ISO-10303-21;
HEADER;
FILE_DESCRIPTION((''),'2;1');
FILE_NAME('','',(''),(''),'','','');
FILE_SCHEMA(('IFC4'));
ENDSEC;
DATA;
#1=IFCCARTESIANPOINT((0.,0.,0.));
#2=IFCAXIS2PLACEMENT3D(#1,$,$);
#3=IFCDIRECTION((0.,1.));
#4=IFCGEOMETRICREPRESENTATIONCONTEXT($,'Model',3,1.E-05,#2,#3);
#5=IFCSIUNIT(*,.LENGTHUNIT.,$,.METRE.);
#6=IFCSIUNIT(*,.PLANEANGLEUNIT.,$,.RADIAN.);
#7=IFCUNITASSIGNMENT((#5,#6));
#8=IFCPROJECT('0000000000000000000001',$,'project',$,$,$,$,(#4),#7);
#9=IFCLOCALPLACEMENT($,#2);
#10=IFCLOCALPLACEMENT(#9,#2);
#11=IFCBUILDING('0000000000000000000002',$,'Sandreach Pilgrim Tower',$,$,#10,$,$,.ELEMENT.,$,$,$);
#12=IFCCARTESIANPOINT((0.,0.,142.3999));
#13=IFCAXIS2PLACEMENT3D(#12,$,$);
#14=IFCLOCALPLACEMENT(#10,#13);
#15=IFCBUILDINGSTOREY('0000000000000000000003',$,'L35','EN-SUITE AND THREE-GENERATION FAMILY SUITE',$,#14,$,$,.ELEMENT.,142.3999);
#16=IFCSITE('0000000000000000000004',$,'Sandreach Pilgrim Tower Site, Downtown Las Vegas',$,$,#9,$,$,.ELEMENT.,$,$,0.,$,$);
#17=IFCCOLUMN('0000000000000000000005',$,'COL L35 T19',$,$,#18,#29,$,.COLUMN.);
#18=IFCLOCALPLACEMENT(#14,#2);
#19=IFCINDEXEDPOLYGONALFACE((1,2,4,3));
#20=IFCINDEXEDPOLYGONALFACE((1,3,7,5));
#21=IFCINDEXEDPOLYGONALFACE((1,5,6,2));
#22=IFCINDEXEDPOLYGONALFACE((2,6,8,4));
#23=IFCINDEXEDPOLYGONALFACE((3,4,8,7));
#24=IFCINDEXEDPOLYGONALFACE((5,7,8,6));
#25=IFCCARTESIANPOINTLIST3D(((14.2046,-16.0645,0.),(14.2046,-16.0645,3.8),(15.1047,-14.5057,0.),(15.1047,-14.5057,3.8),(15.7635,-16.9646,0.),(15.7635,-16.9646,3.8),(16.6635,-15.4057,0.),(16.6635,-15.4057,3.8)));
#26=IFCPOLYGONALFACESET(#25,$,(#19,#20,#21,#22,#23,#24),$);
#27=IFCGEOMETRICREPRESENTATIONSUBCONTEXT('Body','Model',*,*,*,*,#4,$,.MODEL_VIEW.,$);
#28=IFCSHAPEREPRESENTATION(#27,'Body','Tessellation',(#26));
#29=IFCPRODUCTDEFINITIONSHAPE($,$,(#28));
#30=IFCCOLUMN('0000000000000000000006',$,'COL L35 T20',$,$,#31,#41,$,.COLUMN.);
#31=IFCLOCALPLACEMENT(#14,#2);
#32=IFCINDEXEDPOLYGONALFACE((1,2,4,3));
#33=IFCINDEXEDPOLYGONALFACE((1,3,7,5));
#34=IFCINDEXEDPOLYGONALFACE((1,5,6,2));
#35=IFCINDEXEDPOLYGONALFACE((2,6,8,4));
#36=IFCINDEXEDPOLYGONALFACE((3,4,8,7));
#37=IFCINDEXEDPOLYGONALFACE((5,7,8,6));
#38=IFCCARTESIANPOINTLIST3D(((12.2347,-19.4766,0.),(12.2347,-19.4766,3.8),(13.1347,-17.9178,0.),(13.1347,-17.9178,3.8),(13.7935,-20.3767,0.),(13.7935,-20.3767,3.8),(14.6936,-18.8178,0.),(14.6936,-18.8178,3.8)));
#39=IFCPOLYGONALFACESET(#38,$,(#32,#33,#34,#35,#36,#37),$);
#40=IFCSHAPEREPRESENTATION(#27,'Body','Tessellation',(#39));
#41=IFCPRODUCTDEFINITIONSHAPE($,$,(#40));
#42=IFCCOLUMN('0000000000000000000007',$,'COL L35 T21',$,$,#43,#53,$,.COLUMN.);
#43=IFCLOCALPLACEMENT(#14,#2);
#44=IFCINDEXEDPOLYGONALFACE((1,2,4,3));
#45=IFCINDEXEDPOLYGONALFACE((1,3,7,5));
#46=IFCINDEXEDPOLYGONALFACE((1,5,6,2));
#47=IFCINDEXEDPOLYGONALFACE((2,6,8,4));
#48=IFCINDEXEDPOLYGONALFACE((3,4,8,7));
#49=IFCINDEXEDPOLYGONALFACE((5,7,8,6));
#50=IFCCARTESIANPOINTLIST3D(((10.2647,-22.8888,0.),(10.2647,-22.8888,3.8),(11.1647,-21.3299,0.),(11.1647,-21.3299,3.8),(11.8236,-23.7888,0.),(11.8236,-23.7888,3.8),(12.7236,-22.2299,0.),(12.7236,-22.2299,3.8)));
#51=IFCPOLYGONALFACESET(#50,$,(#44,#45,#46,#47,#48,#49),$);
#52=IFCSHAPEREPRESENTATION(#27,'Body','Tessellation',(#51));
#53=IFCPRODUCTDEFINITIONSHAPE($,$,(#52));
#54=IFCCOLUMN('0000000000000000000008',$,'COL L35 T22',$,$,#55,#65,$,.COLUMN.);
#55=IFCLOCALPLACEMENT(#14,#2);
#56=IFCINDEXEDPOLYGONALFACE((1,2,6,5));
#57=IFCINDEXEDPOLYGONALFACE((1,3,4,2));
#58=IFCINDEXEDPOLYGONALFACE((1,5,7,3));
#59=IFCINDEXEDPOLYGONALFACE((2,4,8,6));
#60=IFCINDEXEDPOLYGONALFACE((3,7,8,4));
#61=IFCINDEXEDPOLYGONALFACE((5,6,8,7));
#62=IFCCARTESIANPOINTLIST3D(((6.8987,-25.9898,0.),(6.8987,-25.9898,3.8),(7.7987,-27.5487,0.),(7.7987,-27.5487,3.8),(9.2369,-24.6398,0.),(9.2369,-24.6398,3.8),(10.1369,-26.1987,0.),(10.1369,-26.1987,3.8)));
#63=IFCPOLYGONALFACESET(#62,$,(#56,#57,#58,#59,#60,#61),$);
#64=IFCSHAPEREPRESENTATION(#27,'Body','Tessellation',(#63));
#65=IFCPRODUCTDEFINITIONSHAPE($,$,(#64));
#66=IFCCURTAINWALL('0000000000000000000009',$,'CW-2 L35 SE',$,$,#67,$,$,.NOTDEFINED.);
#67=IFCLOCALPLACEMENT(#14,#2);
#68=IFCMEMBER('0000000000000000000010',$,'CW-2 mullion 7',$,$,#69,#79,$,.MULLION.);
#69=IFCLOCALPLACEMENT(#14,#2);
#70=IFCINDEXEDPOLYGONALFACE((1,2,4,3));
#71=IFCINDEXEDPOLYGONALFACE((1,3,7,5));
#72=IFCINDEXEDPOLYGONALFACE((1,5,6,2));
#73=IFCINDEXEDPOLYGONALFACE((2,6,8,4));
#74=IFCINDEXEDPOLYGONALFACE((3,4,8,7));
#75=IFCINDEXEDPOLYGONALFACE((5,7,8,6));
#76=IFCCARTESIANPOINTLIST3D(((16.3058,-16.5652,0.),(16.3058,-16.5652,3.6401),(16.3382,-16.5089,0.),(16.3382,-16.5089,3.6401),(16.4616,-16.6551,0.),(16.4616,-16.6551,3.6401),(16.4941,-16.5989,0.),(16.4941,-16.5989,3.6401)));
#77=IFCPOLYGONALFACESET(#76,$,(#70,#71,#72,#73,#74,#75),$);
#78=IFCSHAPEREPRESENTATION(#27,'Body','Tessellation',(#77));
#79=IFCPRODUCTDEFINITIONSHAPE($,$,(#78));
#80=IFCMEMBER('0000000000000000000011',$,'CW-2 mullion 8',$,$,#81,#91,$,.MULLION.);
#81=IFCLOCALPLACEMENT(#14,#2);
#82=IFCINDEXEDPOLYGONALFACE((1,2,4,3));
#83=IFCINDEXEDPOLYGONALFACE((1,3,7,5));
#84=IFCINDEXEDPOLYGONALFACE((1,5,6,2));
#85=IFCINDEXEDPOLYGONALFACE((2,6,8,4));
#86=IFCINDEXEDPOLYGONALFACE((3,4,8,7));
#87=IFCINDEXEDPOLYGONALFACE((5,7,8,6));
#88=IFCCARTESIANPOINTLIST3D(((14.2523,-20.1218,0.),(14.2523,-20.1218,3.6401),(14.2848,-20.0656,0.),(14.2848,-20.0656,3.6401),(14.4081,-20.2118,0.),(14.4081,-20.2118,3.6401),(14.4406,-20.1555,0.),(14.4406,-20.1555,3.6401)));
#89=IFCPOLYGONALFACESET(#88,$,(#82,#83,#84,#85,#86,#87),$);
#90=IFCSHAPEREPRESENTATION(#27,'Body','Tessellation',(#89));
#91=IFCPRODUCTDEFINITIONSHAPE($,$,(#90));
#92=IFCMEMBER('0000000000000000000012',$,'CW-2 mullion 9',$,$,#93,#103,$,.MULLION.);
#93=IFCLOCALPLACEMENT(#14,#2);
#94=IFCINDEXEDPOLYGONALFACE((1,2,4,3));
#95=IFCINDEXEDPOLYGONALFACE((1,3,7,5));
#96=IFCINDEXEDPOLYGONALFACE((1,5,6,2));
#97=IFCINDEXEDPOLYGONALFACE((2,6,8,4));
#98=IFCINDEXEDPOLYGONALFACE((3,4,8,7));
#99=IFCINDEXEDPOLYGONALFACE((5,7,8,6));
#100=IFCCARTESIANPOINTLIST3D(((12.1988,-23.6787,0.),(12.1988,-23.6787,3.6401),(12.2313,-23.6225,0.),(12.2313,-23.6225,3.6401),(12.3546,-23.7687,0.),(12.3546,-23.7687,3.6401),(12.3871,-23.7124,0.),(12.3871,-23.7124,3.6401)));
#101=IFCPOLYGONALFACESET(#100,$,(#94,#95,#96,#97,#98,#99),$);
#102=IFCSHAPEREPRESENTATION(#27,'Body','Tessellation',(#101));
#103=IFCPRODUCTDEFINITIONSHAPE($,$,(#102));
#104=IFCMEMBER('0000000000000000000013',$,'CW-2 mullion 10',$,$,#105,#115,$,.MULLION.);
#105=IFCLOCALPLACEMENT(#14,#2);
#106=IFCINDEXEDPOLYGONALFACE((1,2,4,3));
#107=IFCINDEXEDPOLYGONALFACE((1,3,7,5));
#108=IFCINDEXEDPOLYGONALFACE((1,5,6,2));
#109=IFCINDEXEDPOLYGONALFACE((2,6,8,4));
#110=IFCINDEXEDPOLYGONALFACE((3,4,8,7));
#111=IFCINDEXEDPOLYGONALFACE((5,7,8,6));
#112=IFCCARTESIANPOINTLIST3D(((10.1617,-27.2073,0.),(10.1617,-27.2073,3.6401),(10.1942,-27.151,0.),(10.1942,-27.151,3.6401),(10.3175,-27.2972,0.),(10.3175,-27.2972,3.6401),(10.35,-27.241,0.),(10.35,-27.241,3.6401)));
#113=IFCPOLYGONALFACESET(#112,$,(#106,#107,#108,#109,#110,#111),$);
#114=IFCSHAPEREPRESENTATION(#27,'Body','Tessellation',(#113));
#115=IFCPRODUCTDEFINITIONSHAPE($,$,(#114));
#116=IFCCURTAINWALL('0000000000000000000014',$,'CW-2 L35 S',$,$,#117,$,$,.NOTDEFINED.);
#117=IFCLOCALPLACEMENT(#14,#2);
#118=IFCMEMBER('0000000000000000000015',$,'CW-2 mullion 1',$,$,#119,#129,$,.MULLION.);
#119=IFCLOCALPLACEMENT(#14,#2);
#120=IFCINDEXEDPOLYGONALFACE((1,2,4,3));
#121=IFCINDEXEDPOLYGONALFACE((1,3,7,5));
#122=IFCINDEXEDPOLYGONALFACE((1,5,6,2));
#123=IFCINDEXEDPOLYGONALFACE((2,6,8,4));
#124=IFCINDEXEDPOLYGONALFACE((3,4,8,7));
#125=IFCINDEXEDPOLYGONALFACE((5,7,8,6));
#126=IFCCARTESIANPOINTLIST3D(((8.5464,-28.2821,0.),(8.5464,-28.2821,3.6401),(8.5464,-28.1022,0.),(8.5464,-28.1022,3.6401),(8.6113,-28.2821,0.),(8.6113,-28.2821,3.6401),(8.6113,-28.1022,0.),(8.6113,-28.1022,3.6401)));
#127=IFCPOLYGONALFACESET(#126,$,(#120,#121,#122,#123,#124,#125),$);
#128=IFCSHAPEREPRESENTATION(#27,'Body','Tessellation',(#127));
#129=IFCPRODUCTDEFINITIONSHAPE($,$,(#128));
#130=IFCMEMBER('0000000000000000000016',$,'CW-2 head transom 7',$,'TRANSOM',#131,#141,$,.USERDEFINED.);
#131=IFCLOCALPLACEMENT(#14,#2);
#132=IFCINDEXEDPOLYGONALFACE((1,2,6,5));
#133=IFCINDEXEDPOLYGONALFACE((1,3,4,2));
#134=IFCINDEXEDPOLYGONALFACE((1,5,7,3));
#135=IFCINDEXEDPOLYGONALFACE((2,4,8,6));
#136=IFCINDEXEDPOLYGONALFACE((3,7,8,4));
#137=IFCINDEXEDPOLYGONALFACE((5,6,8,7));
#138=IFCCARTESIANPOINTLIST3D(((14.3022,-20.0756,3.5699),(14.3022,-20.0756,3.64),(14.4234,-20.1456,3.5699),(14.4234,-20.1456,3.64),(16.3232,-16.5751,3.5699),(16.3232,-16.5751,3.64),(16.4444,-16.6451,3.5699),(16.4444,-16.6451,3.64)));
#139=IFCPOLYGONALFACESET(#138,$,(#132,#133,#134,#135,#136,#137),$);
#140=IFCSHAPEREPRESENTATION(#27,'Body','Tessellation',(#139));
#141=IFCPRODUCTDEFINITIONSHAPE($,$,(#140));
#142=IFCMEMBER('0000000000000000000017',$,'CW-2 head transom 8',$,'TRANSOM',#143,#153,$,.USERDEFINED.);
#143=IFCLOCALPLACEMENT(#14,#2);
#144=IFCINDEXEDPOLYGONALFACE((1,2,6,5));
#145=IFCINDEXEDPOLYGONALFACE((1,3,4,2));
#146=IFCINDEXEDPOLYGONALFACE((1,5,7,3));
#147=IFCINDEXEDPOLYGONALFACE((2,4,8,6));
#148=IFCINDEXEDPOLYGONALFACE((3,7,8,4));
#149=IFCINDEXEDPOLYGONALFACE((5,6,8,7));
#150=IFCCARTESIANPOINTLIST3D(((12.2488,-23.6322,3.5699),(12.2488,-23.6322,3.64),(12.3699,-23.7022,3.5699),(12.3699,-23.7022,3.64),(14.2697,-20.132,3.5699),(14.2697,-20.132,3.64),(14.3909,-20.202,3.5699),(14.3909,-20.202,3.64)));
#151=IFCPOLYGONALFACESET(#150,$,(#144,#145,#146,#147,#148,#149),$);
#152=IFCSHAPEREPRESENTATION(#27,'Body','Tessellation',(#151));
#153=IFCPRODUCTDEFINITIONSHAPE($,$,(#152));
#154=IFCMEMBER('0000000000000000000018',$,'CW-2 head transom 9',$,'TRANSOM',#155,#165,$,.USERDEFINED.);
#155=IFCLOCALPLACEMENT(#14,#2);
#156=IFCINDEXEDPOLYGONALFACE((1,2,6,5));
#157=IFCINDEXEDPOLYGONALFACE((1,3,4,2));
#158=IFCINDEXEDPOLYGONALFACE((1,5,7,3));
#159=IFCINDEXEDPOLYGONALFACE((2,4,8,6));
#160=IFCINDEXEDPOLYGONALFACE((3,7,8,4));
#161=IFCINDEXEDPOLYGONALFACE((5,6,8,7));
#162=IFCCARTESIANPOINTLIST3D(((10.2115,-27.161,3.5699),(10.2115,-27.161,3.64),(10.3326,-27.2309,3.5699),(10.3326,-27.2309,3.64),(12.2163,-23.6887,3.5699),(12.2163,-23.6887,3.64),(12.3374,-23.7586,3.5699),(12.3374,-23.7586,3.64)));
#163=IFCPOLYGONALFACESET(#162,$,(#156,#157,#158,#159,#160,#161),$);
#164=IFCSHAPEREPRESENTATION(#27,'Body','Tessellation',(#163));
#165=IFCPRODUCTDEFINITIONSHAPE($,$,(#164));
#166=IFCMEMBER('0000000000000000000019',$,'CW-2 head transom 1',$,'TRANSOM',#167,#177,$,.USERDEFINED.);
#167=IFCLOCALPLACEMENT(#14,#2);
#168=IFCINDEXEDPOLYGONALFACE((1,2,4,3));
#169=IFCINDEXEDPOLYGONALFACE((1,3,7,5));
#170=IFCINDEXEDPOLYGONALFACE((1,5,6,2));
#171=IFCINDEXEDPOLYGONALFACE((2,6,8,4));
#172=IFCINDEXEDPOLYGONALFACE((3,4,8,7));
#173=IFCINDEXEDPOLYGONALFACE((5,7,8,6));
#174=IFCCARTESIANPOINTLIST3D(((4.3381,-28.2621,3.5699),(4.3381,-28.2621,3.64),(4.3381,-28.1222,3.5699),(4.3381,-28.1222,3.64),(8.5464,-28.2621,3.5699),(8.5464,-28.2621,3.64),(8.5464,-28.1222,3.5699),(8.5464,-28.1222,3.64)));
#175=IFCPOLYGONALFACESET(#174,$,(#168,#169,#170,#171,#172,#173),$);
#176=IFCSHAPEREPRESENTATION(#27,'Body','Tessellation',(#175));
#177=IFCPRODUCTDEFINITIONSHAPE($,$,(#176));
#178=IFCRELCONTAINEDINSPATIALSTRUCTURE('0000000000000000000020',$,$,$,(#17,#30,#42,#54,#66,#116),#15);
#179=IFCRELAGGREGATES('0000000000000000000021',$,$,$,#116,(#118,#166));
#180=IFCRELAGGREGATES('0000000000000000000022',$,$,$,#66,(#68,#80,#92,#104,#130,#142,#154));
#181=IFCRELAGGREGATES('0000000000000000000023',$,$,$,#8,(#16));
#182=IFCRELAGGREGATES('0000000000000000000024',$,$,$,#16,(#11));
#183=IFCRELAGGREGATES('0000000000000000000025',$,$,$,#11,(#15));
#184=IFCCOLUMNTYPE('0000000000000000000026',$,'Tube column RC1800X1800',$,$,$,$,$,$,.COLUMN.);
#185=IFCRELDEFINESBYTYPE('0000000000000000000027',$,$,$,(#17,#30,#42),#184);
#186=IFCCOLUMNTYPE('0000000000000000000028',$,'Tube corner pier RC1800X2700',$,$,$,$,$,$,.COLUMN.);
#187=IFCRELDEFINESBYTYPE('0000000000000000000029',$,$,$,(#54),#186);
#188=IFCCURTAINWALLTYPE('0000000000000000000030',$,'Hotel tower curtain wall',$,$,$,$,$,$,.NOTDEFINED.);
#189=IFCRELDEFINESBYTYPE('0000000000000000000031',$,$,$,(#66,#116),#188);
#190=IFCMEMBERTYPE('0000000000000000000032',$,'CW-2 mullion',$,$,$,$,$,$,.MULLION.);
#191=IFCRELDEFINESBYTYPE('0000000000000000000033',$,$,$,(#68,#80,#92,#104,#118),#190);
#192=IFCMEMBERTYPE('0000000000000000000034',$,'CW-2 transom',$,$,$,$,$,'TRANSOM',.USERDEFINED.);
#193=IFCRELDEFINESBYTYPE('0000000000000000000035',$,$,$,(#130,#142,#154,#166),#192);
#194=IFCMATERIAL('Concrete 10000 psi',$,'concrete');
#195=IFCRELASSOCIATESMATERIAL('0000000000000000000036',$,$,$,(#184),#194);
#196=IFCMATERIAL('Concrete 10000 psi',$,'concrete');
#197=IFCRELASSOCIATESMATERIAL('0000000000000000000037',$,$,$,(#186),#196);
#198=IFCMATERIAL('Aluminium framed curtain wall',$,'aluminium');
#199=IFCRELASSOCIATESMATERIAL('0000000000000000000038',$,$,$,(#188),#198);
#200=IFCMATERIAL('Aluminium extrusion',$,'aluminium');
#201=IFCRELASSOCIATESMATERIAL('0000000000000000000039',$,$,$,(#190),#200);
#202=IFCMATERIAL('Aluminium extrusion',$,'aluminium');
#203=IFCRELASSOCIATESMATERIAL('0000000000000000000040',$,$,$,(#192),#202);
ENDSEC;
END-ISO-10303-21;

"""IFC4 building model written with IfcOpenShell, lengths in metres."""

from ifc_helpers import new_model, si_unit, direction, frame, origin, origin_2d, place, context, subcontext, project, spatial, rectangle, extrude, material, material_profile, profile_set, type_object, element, aggregate, save


model = new_model("IFC4")

# Units and contexts
model_context = context("Model", 3, precision=1e-05, world=origin(), true_north=direction((0.0, 1.0)))
body_context = subcontext(model_context, "Body", "Model", "MODEL_VIEW")
ifc_project = project(units=[si_unit("LENGTHUNIT", "METRE"), si_unit("PLANEANGLEUNIT", "RADIAN")], contexts=[model_context])

# Site, building, storey
site_placement = place(None, origin())
site = spatial("IfcSite", under=ifc_project, at=site_placement, Name="Sandreach Pilgrim Tower Site, Downtown Las Vegas", CompositionType="ELEMENT", RefElevation=0.0)
building_placement = place(site_placement, origin())
building = spatial("IfcBuilding", under=site, at=building_placement, Name="Sandreach Pilgrim Tower", CompositionType="ELEMENT")
storey_placement = place(building_placement, frame((0.0, 0.0, 142.3999)))
storey = spatial("IfcBuildingStorey", under=building, at=storey_placement, Name="L35", Description="EN-SUITE AND THREE-GENERATION FAMILY SUITE", CompositionType="ELEMENT", Elevation=142.3999)

# Columns
ifc_material_1 = material(Name="Concrete 10000 psi", Category="concrete")
ifc_material_profile_1 = material_profile(ifc_material_1, rectangle(XDim=1.8, YDim=1.8, at=origin_2d()), Name="RC1800X1800")
ifc_profile_set_1 = profile_set([ifc_material_profile_1], Name="Concrete 10000 psi")
column_type_1 = type_object("IfcColumnType", Name="Tube column RC1800X1800", PredefinedType="COLUMN", material=ifc_profile_set_1)
for number, where, z_axis, x_axis, name in (
    (1, (15.4341, -15.7351, 0.0), (0.0, 0.0, 1.0), (0.866025, -0.5, 0.0), "COL L35 T19"),
    (2, (13.4641, -19.1472, 0.0), (0.0, 0.0, 1.0), (0.866025, -0.5, 0.0), "COL L35 T20"),
    (3, (11.4941, -22.5593, 0.0), (0.0, 0.0, 1.0), (0.866025, -0.5, 0.0), "COL L35 T21"),
):
    element("IfcColumn", number, at=place(storey_placement, frame(where, z_axis=z_axis, x_axis=x_axis)), inside=storey, type_object=column_type_1, Name=name, PredefinedType="COLUMN", context=body_context, shape_type="SweptSolid", body=[
        extrude(rectangle(XDim=1.8, YDim=1.8, at=origin_2d()), origin(), (0.0, 0.0, 1.0), 3.8),
    ])
ifc_material_2 = material(Name="Concrete 10000 psi", Category="concrete")
ifc_material_profile_2 = material_profile(ifc_material_2, rectangle(XDim=1.8, YDim=2.7, at=origin_2d()), Name="RC1800X2700")
ifc_profile_set_2 = profile_set([ifc_material_profile_2], Name="Concrete 10000 psi")
column_type_2 = type_object("IfcColumnType", Name="Tube corner pier RC1800X2700", PredefinedType="COLUMN", material=ifc_profile_set_2)
column_placement = place(storey_placement, frame((8.5178, -26.0942, 0.0), z_axis=(0.0, 0.0, 1.0), x_axis=(0.5, -0.866025, 0.0)))
element("IfcColumn", 4, at=column_placement, inside=storey, type_object=column_type_2, Name="COL L35 T22", PredefinedType="COLUMN", context=body_context, shape_type="SweptSolid", body=[
    extrude(rectangle(XDim=1.8, YDim=2.7, at=origin_2d()), origin(), (0.0, 0.0, 1.0), 3.8),
])

# Curtain wall, members
ifc_material_3 = material(Name="Aluminium framed curtain wall", Category="aluminium")
curtain_wall_type = type_object("IfcCurtainWallType", Name="Hotel tower curtain wall", PredefinedType="NOTDEFINED", material=ifc_material_3)
curtain_wall_1_placement = place(storey_placement, origin())
curtain_wall_1 = element("IfcCurtainWall", 5, at=curtain_wall_1_placement, inside=storey, type_object=curtain_wall_type, Name="CW-2 L35 SE", PredefinedType="NOTDEFINED")
ifc_material_4 = material(Name="Aluminium extrusion", Category="aluminium")
ifc_material_profile_3 = material_profile(ifc_material_4, rectangle(XDim=0.0649, YDim=0.1799, at=origin_2d()), Name="CW-2M 65X180")
ifc_profile_set_3 = profile_set([ifc_material_profile_3], Name="Aluminium extrusion")
member_type_1 = type_object("IfcMemberType", Name="CW-2 mullion", PredefinedType="MULLION", material=ifc_profile_set_3)
member_1_placement = place(storey_placement, frame((16.3999, -16.582, 0.0), z_axis=(0.0, 0.0, 1.0), x_axis=(-0.5, -0.866025, 0.0)))
member_1 = element("IfcMember", 6, at=member_1_placement, type_object=member_type_1, Name="CW-2 mullion 7", PredefinedType="MULLION", context=body_context, shape_type="SweptSolid", body=[
    extrude(rectangle(XDim=0.0649, YDim=0.1799, at=origin_2d()), origin(), (0.0, 0.0, 1.0), 3.6401),
])
member_2_placement = place(storey_placement, frame((14.3464, -20.1387, 0.0), z_axis=(0.0, 0.0, 1.0), x_axis=(-0.5, -0.866025, 0.0)))
member_2 = element("IfcMember", 7, at=member_2_placement, type_object=member_type_1, Name="CW-2 mullion 8", PredefinedType="MULLION", context=body_context, shape_type="SweptSolid", body=[
    extrude(rectangle(XDim=0.0649, YDim=0.1799, at=origin_2d()), origin(), (0.0, 0.0, 1.0), 3.6401),
])
member_3_placement = place(storey_placement, frame((12.293, -23.6956, 0.0), z_axis=(0.0, 0.0, 1.0), x_axis=(-0.5, -0.866025, 0.0)))
member_3 = element("IfcMember", 8, at=member_3_placement, type_object=member_type_1, Name="CW-2 mullion 9", PredefinedType="MULLION", context=body_context, shape_type="SweptSolid", body=[
    extrude(rectangle(XDim=0.0649, YDim=0.1799, at=origin_2d()), origin(), (0.0, 0.0, 1.0), 3.6401),
])
member_4_placement = place(storey_placement, frame((10.2559, -27.2241, 0.0), z_axis=(0.0, 0.0, 1.0), x_axis=(-0.5, -0.866025, 0.0)))
member_4 = element("IfcMember", 9, at=member_4_placement, type_object=member_type_1, Name="CW-2 mullion 10", PredefinedType="MULLION", context=body_context, shape_type="SweptSolid", body=[
    extrude(rectangle(XDim=0.0649, YDim=0.1799, at=origin_2d()), origin(), (0.0, 0.0, 1.0), 3.6401),
])

# Curtain wall, member
curtain_wall_2_placement = place(storey_placement, origin())
curtain_wall_2 = element("IfcCurtainWall", 10, at=curtain_wall_2_placement, inside=storey, type_object=curtain_wall_type, Name="CW-2 L35 S", PredefinedType="NOTDEFINED")
member_5_placement = place(storey_placement, frame((8.5789, -28.1921, 0.0), z_axis=(0.0, 0.0, 1.0), x_axis=(-1.0, 0.0, 0.0)))
member_5 = element("IfcMember", 11, at=member_5_placement, type_object=member_type_1, Name="CW-2 mullion 1", PredefinedType="MULLION", context=body_context, shape_type="SweptSolid", body=[
    extrude(rectangle(XDim=0.0649, YDim=0.1799, at=origin_2d()), origin(), (0.0, 0.0, 1.0), 3.6401),
])

# Members
ifc_material_5 = material(Name="Aluminium extrusion", Category="aluminium")
ifc_material_profile_4 = material_profile(ifc_material_5, rectangle(XDim=0.1399, YDim=0.0701, at=origin_2d()), Name="CW-2T 140X70")
ifc_profile_set_4 = profile_set([ifc_material_profile_4], Name="Aluminium extrusion")
member_type_2 = type_object("IfcMemberType", Name="CW-2 transom", ElementType="TRANSOM", PredefinedType="USERDEFINED", material=ifc_profile_set_4)
member_6_placement = place(storey_placement, frame((16.3838, -16.6101, 3.605), z_axis=(-0.499998, -0.866027, 0.0), x_axis=(0.866027, -0.499998, 0.0)))
member_6 = element("IfcMember", 12, at=member_6_placement, type_object=member_type_2, Name="CW-2 head transom 7", ObjectType="TRANSOM", PredefinedType="USERDEFINED", context=body_context, shape_type="SweptSolid", body=[
    extrude(rectangle(XDim=0.1399, YDim=0.0701, at=origin_2d()), origin(), (0.0, 0.0, 1.0), 4.042),
])
member_7_placement = place(storey_placement, frame((14.3303, -20.167, 3.605), z_axis=(-0.500024, -0.866012, 0.0), x_axis=(0.866012, -0.500024, 0.0)))
member_7 = element("IfcMember", 13, at=member_7_placement, type_object=member_type_2, Name="CW-2 head transom 8", ObjectType="TRANSOM", PredefinedType="USERDEFINED", context=body_context, shape_type="SweptSolid", body=[
    extrude(rectangle(XDim=0.1399, YDim=0.0701, at=origin_2d()), origin(), (0.0, 0.0, 1.0), 4.0417),
])
member_8_placement = place(storey_placement, frame((12.2769, -23.7236, 3.605), z_axis=(-0.500016, -0.866016, 0.0), x_axis=(0.866016, -0.500016, 0.0)))
member_8 = element("IfcMember", 14, at=member_8_placement, type_object=member_type_2, Name="CW-2 head transom 9", ObjectType="TRANSOM", PredefinedType="USERDEFINED", context=body_context, shape_type="SweptSolid", body=[
    extrude(rectangle(XDim=0.1399, YDim=0.0701, at=origin_2d()), origin(), (0.0, 0.0, 1.0), 4.0095),
])
member_9_placement = place(storey_placement, frame((8.5464, -28.1921, 3.605), z_axis=(-1.0, 0.0, 0.0), x_axis=(0.0, -1.0, 0.0)))
member_9 = element("IfcMember", 15, at=member_9_placement, type_object=member_type_2, Name="CW-2 head transom 1", ObjectType="TRANSOM", PredefinedType="USERDEFINED", context=body_context, shape_type="SweptSolid", body=[
    extrude(rectangle(XDim=0.1399, YDim=0.0701, at=origin_2d()), origin(), (0.0, 0.0, 1.0), 4.2083),
])
aggregate(curtain_wall_2, [member_5, member_9])

aggregate(curtain_wall_1, [member_1, member_2, member_3, member_4, member_6, member_7, member_8])

save(model, "model.ifc")
